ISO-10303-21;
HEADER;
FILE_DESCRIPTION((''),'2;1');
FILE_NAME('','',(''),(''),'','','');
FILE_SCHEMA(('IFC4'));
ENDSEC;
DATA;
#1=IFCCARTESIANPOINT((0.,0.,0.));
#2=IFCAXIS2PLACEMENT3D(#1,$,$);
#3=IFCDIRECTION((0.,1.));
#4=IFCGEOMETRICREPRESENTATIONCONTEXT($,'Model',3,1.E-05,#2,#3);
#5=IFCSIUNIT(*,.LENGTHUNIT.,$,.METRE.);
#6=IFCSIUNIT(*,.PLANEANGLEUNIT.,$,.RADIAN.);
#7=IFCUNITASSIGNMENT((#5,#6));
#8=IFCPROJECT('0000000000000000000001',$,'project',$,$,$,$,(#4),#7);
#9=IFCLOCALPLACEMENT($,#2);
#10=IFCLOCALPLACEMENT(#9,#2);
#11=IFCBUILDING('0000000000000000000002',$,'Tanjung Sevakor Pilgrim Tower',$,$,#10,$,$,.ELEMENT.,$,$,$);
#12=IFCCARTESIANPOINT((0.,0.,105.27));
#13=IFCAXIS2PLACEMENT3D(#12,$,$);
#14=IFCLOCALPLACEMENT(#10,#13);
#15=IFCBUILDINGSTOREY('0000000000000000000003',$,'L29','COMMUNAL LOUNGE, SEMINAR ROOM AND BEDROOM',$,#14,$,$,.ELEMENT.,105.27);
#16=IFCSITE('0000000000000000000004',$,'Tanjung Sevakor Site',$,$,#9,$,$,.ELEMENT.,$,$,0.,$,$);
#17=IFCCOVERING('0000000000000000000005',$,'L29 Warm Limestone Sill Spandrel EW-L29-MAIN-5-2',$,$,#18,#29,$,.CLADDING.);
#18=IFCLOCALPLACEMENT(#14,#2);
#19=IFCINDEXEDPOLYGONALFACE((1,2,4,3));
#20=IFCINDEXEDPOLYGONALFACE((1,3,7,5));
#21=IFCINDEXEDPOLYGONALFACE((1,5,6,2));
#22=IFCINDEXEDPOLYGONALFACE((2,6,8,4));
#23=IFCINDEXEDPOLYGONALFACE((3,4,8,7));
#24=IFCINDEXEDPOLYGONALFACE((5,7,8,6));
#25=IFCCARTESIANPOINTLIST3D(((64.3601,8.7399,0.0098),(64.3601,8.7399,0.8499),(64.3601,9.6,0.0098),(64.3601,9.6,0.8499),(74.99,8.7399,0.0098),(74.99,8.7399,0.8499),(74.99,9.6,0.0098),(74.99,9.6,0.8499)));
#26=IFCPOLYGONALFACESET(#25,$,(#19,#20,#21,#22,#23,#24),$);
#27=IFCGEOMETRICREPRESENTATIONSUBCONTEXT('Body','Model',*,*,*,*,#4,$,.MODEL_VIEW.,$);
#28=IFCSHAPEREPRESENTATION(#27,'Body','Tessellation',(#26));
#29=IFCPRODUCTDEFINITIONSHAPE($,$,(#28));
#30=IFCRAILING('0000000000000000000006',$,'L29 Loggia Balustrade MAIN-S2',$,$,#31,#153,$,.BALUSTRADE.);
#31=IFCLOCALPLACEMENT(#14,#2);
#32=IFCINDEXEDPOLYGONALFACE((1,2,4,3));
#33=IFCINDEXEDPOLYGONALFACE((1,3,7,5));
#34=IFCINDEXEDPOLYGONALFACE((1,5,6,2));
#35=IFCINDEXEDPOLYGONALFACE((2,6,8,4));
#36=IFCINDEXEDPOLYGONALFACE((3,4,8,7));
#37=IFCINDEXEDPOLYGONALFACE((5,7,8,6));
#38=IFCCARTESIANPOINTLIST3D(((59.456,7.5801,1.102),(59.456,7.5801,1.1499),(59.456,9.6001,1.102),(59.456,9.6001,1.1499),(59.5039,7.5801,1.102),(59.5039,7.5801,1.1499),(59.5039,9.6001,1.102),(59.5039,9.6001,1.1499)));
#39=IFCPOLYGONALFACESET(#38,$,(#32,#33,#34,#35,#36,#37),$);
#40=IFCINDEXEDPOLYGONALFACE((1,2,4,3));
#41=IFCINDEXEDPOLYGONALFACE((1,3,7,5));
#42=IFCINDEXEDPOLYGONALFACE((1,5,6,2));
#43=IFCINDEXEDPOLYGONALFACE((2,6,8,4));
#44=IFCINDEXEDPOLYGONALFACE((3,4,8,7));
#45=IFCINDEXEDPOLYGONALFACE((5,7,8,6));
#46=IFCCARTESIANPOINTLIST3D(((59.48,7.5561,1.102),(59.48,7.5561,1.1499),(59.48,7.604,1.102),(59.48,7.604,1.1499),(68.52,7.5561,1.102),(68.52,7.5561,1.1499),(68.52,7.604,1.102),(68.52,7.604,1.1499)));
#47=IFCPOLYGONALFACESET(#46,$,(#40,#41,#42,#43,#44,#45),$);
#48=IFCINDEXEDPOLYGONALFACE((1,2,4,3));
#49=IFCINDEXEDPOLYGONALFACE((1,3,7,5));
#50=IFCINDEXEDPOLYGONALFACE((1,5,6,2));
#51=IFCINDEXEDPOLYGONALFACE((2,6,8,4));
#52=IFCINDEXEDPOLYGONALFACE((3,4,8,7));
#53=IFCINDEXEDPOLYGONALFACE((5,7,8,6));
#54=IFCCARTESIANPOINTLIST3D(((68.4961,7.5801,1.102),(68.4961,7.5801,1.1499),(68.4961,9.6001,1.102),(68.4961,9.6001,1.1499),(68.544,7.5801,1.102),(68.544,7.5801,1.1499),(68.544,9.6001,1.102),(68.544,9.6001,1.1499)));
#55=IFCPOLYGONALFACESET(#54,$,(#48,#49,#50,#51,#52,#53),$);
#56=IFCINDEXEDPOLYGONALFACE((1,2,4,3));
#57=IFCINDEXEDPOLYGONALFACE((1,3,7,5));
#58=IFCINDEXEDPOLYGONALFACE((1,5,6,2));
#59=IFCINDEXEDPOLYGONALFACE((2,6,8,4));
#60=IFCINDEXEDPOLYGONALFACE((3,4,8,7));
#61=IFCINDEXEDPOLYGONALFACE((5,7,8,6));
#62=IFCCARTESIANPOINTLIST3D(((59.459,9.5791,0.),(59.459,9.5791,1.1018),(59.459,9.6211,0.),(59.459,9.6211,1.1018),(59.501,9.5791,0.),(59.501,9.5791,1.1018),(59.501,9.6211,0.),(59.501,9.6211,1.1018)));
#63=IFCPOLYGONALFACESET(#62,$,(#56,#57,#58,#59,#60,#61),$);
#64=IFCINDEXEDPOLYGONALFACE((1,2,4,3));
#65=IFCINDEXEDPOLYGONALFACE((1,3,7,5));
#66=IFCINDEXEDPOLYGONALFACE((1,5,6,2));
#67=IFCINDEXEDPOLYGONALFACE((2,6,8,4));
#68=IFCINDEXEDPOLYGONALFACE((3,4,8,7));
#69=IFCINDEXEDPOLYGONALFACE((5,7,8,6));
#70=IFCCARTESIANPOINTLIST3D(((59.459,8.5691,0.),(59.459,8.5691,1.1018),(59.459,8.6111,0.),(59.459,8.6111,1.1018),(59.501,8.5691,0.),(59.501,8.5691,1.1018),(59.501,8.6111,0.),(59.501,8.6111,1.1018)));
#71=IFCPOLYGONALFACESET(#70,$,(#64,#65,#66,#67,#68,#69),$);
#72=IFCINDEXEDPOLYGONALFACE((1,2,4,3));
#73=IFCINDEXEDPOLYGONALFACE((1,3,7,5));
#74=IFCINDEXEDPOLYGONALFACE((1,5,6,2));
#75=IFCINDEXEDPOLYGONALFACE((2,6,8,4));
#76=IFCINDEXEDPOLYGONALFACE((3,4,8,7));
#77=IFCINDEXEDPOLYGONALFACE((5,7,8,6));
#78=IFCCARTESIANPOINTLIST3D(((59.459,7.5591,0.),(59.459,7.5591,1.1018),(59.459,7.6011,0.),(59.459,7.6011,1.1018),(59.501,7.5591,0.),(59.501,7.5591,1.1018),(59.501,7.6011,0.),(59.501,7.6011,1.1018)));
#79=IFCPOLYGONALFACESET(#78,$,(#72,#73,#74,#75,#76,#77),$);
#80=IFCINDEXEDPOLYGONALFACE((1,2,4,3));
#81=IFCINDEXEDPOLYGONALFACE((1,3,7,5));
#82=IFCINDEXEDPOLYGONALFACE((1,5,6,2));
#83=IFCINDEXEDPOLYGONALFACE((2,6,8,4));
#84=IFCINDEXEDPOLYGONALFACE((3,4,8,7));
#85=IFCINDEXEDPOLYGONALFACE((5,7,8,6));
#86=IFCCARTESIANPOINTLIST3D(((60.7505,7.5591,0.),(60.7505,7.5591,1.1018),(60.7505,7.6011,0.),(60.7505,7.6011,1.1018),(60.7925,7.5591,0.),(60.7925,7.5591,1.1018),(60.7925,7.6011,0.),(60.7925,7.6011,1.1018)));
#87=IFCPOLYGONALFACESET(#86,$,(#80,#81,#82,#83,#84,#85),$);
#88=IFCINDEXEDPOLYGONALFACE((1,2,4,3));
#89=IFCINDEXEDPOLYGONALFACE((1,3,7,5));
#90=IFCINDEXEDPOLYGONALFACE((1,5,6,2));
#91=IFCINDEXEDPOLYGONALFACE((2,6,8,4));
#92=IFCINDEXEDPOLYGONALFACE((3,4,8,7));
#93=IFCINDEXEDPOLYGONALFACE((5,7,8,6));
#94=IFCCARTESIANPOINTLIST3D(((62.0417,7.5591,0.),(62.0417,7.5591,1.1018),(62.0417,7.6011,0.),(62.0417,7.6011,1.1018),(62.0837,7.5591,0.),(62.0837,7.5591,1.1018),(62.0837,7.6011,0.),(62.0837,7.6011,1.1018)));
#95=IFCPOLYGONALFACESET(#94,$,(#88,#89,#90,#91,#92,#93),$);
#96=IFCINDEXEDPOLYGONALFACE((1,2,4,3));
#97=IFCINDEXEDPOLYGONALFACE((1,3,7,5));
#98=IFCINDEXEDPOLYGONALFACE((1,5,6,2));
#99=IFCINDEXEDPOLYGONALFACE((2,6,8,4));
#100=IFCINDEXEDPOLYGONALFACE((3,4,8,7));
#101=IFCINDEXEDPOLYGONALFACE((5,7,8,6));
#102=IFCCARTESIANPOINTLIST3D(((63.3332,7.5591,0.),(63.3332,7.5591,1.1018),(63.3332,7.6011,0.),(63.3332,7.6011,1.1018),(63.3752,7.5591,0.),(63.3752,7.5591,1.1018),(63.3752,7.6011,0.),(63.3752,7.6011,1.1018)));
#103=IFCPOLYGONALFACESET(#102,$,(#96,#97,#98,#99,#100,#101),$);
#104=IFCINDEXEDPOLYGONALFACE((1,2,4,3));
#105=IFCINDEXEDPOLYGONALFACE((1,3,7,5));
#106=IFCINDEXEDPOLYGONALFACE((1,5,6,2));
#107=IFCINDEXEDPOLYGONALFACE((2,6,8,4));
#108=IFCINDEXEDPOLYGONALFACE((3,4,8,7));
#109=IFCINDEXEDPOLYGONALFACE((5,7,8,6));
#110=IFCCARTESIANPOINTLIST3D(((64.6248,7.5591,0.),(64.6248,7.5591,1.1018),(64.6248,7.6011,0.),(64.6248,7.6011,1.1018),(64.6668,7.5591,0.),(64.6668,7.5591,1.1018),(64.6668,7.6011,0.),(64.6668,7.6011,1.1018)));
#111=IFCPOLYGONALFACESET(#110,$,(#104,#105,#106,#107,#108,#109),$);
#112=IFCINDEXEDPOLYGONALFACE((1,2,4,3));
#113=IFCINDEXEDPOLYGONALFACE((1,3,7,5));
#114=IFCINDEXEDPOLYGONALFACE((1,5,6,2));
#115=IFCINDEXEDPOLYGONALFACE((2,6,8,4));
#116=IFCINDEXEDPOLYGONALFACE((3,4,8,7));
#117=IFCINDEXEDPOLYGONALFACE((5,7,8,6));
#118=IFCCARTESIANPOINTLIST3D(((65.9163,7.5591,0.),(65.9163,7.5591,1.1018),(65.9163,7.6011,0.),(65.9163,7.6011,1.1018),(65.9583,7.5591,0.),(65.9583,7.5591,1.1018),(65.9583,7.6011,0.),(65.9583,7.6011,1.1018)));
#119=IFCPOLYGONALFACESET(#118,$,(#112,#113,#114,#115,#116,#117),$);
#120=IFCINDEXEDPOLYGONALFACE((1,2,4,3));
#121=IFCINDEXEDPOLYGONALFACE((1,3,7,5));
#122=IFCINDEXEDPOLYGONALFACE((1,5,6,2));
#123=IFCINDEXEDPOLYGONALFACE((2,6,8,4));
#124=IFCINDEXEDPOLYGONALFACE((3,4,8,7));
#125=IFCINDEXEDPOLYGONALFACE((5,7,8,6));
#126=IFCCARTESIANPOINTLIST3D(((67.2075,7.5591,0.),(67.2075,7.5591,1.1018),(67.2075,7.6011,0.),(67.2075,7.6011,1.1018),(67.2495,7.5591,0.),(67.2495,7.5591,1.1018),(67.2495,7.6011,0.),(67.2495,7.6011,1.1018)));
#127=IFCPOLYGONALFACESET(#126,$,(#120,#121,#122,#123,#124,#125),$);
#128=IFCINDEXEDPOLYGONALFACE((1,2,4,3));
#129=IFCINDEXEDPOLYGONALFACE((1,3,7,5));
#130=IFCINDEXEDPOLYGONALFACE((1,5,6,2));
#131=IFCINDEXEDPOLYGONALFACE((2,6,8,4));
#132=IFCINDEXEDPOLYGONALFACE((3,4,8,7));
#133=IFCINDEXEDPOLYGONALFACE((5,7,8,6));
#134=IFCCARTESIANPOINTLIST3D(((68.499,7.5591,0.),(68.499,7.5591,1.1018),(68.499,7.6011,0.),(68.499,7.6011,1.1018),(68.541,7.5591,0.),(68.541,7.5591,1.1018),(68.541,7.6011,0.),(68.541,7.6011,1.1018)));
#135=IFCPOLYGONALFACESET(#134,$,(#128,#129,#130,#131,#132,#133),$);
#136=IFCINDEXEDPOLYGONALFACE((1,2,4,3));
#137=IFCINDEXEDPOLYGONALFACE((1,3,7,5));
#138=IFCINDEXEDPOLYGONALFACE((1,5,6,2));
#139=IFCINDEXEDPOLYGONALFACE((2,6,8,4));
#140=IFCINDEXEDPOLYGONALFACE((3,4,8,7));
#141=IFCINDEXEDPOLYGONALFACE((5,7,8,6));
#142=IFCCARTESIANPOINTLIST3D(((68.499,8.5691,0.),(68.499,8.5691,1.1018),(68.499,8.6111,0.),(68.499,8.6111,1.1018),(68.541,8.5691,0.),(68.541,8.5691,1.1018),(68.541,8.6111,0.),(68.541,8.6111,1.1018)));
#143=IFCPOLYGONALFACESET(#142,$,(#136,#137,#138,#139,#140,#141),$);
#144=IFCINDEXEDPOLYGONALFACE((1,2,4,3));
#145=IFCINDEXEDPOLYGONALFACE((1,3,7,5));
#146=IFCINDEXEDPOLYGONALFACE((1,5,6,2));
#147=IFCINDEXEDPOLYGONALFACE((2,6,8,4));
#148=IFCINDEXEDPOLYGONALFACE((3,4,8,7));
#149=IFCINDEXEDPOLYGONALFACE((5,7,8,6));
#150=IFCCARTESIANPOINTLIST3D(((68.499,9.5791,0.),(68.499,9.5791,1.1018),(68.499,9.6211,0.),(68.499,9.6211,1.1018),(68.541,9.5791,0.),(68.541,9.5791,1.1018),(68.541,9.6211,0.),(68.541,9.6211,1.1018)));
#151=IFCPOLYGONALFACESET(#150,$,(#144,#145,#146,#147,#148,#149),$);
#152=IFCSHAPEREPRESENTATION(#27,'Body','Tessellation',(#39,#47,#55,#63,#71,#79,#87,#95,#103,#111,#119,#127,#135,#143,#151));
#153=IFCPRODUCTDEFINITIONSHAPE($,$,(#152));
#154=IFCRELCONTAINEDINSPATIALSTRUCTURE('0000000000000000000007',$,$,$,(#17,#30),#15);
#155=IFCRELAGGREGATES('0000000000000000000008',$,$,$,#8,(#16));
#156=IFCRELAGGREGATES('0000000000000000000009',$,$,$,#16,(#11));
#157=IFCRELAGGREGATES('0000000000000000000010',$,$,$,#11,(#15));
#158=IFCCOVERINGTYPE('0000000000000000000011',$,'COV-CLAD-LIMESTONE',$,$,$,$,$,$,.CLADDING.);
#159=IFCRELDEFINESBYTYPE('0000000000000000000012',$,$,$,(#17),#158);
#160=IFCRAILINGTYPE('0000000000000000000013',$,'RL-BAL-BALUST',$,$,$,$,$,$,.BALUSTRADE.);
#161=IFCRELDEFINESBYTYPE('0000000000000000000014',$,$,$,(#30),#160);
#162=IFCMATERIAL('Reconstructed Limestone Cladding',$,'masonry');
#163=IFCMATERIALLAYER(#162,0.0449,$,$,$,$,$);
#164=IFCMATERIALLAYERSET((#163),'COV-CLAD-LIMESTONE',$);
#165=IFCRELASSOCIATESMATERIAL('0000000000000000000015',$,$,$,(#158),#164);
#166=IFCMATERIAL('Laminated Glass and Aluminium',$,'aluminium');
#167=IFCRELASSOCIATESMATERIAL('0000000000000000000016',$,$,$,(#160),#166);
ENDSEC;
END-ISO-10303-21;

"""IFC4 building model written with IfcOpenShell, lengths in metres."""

from ifc_helpers import new_model, si_unit, direction, frame, origin, origin_2d, place, context, subcontext, project, spatial, rectangle, extrude, material, layer, layer_set, type_object, element, save


model = new_model("IFC4")

# Units and contexts
model_context = context("Model", 3, precision=1e-05, world=origin(), true_north=direction((0.0, 1.0)))
body_context = subcontext(model_context, "Body", "Model", "MODEL_VIEW")
ifc_project = project(units=[si_unit("LENGTHUNIT", "METRE"), si_unit("PLANEANGLEUNIT", "RADIAN")], contexts=[model_context])

# Site, building, storey
site_placement = place(None, origin())
site = spatial("IfcSite", under=ifc_project, at=site_placement, Name="Tanjung Sevakor Site", CompositionType="ELEMENT", RefElevation=0.0)
building_placement = place(site_placement, origin())
building = spatial("IfcBuilding", under=site, at=building_placement, Name="Tanjung Sevakor Pilgrim Tower", CompositionType="ELEMENT")
storey_placement = place(building_placement, frame((0.0, 0.0, 105.27)))
storey = spatial("IfcBuildingStorey", under=building, at=storey_placement, Name="L29", Description="COMMUNAL LOUNGE, SEMINAR ROOM AND BEDROOM", CompositionType="ELEMENT", Elevation=105.27)

# Covering
ifc_material_1 = material(Name="Reconstructed Limestone Cladding", Category="masonry")
ifc_layer_1 = layer(ifc_material_1, 0.0449)
ifc_layer_set_1 = layer_set([ifc_layer_1], Name="COV-CLAD-LIMESTONE")
covering_type = type_object("IfcCoveringType", Name="COV-CLAD-LIMESTONE", PredefinedType="CLADDING", material=ifc_layer_set_1)
covering_placement = place(storey_placement, frame((69.675, 9.1699, 0.0098), z_axis=(0.0, 0.0, 1.0), x_axis=(1.0, 0.0, 0.0)))
element("IfcCovering", 1, at=covering_placement, inside=storey, type_object=covering_type, Name="L29 Warm Limestone Sill Spandrel EW-L29-MAIN-5-2", PredefinedType="CLADDING", context=body_context, shape_type="SweptSolid", body=[
    extrude(rectangle(XDim=10.6299, YDim=0.8601, at=origin_2d()), origin(), (0.0, 0.0, 1.0), 0.8401),
])

# Railing
ifc_material_2 = material(Name="Laminated Glass and Aluminium", Category="aluminium")
railing_type_1 = type_object("IfcRailingType", Name="RL-BAL-BALUST", PredefinedType="BALUSTRADE", material=ifc_material_2)
railing_1_placement = place(storey_placement, frame((59.48, 9.6001, 0.0)))
element("IfcRailing", 2, at=railing_1_placement, inside=storey, type_object=railing_type_1, Name="L29 Loggia Balustrade MAIN-S2", PredefinedType="BALUSTRADE", context=body_context, shape_type="SweptSolid", body=[
    extrude(rectangle(XDim=0.0479, YDim=0.0479), frame((0.0, 0.0, 1.126), z_axis=(0.0, -1.0, 0.0), x_axis=(1.0, 0.0, 0.0)), (0.0, 0.0, 1.0), 2.02),
    extrude(rectangle(XDim=0.0479, YDim=0.0479), frame((0.0, -2.02, 1.126), z_axis=(1.0, 0.0, 0.0), x_axis=(0.0, 1.0, 0.0)), (0.0, 0.0, 1.0), 9.04),
    extrude(rectangle(XDim=0.0479, YDim=0.0479), frame((9.04, -2.02, 1.126), z_axis=(0.0, 1.0, 0.0), x_axis=(-1.0, 0.0, 0.0)), (0.0, 0.0, 1.0), 2.02),
    extrude(rectangle(XDim=0.042, YDim=0.042), origin(), (0.0, 0.0, 1.0), 1.1018),
    extrude(rectangle(XDim=0.042, YDim=0.042), frame((0.0, -1.01, 0.0)), (0.0, 0.0, 1.0), 1.1018),
    extrude(rectangle(XDim=0.042, YDim=0.042), frame((0.0, -2.02, 0.0)), (0.0, 0.0, 1.0), 1.1018),
    extrude(rectangle(XDim=0.042, YDim=0.042), frame((1.2915, -2.02, 0.0)), (0.0, 0.0, 1.0), 1.1018),
    extrude(rectangle(XDim=0.042, YDim=0.042), frame((2.5828, -2.02, 0.0)), (0.0, 0.0, 1.0), 1.1018),
    extrude(rectangle(XDim=0.042, YDim=0.042), frame((3.8743, -2.02, 0.0)), (0.0, 0.0, 1.0), 1.1018),
    extrude(rectangle(XDim=0.042, YDim=0.042), frame((5.1658, -2.02, 0.0)), (0.0, 0.0, 1.0), 1.1018),
    extrude(rectangle(XDim=0.042, YDim=0.042), frame((6.4573, -2.02, 0.0)), (0.0, 0.0, 1.0), 1.1018),
    extrude(rectangle(XDim=0.042, YDim=0.042), frame((7.7485, -2.02, 0.0)), (0.0, 0.0, 1.0), 1.1018),
    extrude(rectangle(XDim=0.042, YDim=0.042), frame((9.04, -2.02, 0.0)), (0.0, 0.0, 1.0), 1.1018),
    extrude(rectangle(XDim=0.042, YDim=0.042), frame((9.04, -1.01, 0.0)), (0.0, 0.0, 1.0), 1.1018),
    extrude(rectangle(XDim=0.042, YDim=0.042), frame((9.04, 0.0, 0.0)), (0.0, 0.0, 1.0), 1.1018),
])

save(model, "model.ifc")
